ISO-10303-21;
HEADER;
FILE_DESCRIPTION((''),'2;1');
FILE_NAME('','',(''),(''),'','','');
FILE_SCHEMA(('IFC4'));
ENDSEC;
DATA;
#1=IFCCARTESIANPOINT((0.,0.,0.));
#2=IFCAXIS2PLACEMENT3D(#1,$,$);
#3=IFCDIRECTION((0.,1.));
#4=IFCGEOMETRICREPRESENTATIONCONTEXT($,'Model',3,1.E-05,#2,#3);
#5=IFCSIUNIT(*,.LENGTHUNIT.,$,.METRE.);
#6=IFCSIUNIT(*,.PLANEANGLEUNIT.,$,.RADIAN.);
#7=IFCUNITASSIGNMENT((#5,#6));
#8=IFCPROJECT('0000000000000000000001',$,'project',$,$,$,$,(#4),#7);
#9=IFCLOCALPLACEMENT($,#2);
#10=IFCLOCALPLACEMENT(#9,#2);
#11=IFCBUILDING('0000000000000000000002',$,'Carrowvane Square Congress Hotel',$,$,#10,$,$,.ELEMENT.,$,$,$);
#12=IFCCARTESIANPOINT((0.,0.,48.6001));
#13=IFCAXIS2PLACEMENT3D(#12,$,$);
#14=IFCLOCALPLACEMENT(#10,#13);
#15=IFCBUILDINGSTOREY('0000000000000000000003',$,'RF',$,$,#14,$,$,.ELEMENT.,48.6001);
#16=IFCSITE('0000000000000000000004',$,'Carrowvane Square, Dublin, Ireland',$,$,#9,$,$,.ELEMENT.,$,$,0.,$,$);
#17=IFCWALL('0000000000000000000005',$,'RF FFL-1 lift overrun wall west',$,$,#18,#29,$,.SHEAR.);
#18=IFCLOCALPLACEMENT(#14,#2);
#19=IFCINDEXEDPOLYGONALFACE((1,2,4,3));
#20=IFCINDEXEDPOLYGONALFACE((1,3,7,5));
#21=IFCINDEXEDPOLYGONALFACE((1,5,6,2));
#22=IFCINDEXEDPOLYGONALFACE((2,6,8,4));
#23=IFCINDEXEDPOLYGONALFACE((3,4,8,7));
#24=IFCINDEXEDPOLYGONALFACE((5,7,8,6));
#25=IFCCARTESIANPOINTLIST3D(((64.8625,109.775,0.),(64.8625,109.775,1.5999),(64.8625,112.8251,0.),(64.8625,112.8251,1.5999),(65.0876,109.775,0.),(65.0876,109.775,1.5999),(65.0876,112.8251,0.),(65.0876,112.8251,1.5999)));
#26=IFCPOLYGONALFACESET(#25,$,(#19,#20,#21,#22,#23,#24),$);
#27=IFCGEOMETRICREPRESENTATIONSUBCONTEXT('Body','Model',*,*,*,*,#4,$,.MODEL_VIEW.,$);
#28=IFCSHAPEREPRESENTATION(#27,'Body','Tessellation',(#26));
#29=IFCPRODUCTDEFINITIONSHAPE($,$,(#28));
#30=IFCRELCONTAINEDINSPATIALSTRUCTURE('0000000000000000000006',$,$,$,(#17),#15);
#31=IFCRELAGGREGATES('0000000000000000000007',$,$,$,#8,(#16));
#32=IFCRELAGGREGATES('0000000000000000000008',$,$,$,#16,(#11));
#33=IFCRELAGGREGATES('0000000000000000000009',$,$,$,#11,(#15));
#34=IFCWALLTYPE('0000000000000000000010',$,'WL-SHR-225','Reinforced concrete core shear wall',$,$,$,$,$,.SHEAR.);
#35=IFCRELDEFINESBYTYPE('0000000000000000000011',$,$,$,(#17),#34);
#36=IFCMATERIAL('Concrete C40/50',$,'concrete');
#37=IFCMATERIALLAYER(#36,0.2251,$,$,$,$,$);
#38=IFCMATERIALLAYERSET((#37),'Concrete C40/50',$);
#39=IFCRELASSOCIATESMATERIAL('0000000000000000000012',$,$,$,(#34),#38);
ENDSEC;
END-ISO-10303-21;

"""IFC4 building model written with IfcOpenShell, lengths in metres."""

from ifc_helpers import new_model, si_unit, direction, frame, frame_2d, origin, place, context, subcontext, project, spatial, rectangle, extrude, material, layer, layer_set, type_object, element, save


model = new_model("IFC4")

# Units and contexts
model_context = context("Model", 3, precision=1e-05, world=origin(), true_north=direction((0.0, 1.0)))
body_context = subcontext(model_context, "Body", "Model", "MODEL_VIEW")
ifc_project = project(units=[si_unit("LENGTHUNIT", "METRE"), si_unit("PLANEANGLEUNIT", "RADIAN")], contexts=[model_context])

# Site, building, storey
site_placement = place(None, origin())
site = spatial("IfcSite", under=ifc_project, at=site_placement, Name="Carrowvane Square, Dublin, Ireland", CompositionType="ELEMENT", RefElevation=0.0)
building_placement = place(site_placement, origin())
building = spatial("IfcBuilding", under=site, at=building_placement, Name="Carrowvane Square Congress Hotel", CompositionType="ELEMENT")
storey_placement = place(building_placement, frame((0.0, 0.0, 48.6001)))
storey = spatial("IfcBuildingStorey", under=building, at=storey_placement, Name="RF", CompositionType="ELEMENT", Elevation=48.6001)

# Wall
ifc_material_1 = material(Name="Concrete C40/50", Category="concrete")
ifc_layer_1 = layer(ifc_material_1, 0.2251)
ifc_layer_set_1 = layer_set([ifc_layer_1], Name="Concrete C40/50")
wall_type_1 = type_object("IfcWallType", Name="WL-SHR-225", Description="Reinforced concrete core shear wall", PredefinedType="SHEAR", material=ifc_layer_set_1)
wall_1_placement = place(storey_placement, frame((64.9751, 112.825, 0.0), z_axis=(0.0, 0.0, 1.0), x_axis=(0.0, -1.0, 0.0)))
element("IfcWall", 1, at=wall_1_placement, inside=storey, type_object=wall_type_1, Name="RF FFL-1 lift overrun wall west", PredefinedType="SHEAR", context=body_context, shape_type="SweptSolid", body=[
    extrude(rectangle(XDim=3.05, YDim=0.2251, at=frame_2d((1.5249, 0.0))), origin(), (0.0, 0.0, 1.0), 1.5999),
])

save(model, "model.ifc")
